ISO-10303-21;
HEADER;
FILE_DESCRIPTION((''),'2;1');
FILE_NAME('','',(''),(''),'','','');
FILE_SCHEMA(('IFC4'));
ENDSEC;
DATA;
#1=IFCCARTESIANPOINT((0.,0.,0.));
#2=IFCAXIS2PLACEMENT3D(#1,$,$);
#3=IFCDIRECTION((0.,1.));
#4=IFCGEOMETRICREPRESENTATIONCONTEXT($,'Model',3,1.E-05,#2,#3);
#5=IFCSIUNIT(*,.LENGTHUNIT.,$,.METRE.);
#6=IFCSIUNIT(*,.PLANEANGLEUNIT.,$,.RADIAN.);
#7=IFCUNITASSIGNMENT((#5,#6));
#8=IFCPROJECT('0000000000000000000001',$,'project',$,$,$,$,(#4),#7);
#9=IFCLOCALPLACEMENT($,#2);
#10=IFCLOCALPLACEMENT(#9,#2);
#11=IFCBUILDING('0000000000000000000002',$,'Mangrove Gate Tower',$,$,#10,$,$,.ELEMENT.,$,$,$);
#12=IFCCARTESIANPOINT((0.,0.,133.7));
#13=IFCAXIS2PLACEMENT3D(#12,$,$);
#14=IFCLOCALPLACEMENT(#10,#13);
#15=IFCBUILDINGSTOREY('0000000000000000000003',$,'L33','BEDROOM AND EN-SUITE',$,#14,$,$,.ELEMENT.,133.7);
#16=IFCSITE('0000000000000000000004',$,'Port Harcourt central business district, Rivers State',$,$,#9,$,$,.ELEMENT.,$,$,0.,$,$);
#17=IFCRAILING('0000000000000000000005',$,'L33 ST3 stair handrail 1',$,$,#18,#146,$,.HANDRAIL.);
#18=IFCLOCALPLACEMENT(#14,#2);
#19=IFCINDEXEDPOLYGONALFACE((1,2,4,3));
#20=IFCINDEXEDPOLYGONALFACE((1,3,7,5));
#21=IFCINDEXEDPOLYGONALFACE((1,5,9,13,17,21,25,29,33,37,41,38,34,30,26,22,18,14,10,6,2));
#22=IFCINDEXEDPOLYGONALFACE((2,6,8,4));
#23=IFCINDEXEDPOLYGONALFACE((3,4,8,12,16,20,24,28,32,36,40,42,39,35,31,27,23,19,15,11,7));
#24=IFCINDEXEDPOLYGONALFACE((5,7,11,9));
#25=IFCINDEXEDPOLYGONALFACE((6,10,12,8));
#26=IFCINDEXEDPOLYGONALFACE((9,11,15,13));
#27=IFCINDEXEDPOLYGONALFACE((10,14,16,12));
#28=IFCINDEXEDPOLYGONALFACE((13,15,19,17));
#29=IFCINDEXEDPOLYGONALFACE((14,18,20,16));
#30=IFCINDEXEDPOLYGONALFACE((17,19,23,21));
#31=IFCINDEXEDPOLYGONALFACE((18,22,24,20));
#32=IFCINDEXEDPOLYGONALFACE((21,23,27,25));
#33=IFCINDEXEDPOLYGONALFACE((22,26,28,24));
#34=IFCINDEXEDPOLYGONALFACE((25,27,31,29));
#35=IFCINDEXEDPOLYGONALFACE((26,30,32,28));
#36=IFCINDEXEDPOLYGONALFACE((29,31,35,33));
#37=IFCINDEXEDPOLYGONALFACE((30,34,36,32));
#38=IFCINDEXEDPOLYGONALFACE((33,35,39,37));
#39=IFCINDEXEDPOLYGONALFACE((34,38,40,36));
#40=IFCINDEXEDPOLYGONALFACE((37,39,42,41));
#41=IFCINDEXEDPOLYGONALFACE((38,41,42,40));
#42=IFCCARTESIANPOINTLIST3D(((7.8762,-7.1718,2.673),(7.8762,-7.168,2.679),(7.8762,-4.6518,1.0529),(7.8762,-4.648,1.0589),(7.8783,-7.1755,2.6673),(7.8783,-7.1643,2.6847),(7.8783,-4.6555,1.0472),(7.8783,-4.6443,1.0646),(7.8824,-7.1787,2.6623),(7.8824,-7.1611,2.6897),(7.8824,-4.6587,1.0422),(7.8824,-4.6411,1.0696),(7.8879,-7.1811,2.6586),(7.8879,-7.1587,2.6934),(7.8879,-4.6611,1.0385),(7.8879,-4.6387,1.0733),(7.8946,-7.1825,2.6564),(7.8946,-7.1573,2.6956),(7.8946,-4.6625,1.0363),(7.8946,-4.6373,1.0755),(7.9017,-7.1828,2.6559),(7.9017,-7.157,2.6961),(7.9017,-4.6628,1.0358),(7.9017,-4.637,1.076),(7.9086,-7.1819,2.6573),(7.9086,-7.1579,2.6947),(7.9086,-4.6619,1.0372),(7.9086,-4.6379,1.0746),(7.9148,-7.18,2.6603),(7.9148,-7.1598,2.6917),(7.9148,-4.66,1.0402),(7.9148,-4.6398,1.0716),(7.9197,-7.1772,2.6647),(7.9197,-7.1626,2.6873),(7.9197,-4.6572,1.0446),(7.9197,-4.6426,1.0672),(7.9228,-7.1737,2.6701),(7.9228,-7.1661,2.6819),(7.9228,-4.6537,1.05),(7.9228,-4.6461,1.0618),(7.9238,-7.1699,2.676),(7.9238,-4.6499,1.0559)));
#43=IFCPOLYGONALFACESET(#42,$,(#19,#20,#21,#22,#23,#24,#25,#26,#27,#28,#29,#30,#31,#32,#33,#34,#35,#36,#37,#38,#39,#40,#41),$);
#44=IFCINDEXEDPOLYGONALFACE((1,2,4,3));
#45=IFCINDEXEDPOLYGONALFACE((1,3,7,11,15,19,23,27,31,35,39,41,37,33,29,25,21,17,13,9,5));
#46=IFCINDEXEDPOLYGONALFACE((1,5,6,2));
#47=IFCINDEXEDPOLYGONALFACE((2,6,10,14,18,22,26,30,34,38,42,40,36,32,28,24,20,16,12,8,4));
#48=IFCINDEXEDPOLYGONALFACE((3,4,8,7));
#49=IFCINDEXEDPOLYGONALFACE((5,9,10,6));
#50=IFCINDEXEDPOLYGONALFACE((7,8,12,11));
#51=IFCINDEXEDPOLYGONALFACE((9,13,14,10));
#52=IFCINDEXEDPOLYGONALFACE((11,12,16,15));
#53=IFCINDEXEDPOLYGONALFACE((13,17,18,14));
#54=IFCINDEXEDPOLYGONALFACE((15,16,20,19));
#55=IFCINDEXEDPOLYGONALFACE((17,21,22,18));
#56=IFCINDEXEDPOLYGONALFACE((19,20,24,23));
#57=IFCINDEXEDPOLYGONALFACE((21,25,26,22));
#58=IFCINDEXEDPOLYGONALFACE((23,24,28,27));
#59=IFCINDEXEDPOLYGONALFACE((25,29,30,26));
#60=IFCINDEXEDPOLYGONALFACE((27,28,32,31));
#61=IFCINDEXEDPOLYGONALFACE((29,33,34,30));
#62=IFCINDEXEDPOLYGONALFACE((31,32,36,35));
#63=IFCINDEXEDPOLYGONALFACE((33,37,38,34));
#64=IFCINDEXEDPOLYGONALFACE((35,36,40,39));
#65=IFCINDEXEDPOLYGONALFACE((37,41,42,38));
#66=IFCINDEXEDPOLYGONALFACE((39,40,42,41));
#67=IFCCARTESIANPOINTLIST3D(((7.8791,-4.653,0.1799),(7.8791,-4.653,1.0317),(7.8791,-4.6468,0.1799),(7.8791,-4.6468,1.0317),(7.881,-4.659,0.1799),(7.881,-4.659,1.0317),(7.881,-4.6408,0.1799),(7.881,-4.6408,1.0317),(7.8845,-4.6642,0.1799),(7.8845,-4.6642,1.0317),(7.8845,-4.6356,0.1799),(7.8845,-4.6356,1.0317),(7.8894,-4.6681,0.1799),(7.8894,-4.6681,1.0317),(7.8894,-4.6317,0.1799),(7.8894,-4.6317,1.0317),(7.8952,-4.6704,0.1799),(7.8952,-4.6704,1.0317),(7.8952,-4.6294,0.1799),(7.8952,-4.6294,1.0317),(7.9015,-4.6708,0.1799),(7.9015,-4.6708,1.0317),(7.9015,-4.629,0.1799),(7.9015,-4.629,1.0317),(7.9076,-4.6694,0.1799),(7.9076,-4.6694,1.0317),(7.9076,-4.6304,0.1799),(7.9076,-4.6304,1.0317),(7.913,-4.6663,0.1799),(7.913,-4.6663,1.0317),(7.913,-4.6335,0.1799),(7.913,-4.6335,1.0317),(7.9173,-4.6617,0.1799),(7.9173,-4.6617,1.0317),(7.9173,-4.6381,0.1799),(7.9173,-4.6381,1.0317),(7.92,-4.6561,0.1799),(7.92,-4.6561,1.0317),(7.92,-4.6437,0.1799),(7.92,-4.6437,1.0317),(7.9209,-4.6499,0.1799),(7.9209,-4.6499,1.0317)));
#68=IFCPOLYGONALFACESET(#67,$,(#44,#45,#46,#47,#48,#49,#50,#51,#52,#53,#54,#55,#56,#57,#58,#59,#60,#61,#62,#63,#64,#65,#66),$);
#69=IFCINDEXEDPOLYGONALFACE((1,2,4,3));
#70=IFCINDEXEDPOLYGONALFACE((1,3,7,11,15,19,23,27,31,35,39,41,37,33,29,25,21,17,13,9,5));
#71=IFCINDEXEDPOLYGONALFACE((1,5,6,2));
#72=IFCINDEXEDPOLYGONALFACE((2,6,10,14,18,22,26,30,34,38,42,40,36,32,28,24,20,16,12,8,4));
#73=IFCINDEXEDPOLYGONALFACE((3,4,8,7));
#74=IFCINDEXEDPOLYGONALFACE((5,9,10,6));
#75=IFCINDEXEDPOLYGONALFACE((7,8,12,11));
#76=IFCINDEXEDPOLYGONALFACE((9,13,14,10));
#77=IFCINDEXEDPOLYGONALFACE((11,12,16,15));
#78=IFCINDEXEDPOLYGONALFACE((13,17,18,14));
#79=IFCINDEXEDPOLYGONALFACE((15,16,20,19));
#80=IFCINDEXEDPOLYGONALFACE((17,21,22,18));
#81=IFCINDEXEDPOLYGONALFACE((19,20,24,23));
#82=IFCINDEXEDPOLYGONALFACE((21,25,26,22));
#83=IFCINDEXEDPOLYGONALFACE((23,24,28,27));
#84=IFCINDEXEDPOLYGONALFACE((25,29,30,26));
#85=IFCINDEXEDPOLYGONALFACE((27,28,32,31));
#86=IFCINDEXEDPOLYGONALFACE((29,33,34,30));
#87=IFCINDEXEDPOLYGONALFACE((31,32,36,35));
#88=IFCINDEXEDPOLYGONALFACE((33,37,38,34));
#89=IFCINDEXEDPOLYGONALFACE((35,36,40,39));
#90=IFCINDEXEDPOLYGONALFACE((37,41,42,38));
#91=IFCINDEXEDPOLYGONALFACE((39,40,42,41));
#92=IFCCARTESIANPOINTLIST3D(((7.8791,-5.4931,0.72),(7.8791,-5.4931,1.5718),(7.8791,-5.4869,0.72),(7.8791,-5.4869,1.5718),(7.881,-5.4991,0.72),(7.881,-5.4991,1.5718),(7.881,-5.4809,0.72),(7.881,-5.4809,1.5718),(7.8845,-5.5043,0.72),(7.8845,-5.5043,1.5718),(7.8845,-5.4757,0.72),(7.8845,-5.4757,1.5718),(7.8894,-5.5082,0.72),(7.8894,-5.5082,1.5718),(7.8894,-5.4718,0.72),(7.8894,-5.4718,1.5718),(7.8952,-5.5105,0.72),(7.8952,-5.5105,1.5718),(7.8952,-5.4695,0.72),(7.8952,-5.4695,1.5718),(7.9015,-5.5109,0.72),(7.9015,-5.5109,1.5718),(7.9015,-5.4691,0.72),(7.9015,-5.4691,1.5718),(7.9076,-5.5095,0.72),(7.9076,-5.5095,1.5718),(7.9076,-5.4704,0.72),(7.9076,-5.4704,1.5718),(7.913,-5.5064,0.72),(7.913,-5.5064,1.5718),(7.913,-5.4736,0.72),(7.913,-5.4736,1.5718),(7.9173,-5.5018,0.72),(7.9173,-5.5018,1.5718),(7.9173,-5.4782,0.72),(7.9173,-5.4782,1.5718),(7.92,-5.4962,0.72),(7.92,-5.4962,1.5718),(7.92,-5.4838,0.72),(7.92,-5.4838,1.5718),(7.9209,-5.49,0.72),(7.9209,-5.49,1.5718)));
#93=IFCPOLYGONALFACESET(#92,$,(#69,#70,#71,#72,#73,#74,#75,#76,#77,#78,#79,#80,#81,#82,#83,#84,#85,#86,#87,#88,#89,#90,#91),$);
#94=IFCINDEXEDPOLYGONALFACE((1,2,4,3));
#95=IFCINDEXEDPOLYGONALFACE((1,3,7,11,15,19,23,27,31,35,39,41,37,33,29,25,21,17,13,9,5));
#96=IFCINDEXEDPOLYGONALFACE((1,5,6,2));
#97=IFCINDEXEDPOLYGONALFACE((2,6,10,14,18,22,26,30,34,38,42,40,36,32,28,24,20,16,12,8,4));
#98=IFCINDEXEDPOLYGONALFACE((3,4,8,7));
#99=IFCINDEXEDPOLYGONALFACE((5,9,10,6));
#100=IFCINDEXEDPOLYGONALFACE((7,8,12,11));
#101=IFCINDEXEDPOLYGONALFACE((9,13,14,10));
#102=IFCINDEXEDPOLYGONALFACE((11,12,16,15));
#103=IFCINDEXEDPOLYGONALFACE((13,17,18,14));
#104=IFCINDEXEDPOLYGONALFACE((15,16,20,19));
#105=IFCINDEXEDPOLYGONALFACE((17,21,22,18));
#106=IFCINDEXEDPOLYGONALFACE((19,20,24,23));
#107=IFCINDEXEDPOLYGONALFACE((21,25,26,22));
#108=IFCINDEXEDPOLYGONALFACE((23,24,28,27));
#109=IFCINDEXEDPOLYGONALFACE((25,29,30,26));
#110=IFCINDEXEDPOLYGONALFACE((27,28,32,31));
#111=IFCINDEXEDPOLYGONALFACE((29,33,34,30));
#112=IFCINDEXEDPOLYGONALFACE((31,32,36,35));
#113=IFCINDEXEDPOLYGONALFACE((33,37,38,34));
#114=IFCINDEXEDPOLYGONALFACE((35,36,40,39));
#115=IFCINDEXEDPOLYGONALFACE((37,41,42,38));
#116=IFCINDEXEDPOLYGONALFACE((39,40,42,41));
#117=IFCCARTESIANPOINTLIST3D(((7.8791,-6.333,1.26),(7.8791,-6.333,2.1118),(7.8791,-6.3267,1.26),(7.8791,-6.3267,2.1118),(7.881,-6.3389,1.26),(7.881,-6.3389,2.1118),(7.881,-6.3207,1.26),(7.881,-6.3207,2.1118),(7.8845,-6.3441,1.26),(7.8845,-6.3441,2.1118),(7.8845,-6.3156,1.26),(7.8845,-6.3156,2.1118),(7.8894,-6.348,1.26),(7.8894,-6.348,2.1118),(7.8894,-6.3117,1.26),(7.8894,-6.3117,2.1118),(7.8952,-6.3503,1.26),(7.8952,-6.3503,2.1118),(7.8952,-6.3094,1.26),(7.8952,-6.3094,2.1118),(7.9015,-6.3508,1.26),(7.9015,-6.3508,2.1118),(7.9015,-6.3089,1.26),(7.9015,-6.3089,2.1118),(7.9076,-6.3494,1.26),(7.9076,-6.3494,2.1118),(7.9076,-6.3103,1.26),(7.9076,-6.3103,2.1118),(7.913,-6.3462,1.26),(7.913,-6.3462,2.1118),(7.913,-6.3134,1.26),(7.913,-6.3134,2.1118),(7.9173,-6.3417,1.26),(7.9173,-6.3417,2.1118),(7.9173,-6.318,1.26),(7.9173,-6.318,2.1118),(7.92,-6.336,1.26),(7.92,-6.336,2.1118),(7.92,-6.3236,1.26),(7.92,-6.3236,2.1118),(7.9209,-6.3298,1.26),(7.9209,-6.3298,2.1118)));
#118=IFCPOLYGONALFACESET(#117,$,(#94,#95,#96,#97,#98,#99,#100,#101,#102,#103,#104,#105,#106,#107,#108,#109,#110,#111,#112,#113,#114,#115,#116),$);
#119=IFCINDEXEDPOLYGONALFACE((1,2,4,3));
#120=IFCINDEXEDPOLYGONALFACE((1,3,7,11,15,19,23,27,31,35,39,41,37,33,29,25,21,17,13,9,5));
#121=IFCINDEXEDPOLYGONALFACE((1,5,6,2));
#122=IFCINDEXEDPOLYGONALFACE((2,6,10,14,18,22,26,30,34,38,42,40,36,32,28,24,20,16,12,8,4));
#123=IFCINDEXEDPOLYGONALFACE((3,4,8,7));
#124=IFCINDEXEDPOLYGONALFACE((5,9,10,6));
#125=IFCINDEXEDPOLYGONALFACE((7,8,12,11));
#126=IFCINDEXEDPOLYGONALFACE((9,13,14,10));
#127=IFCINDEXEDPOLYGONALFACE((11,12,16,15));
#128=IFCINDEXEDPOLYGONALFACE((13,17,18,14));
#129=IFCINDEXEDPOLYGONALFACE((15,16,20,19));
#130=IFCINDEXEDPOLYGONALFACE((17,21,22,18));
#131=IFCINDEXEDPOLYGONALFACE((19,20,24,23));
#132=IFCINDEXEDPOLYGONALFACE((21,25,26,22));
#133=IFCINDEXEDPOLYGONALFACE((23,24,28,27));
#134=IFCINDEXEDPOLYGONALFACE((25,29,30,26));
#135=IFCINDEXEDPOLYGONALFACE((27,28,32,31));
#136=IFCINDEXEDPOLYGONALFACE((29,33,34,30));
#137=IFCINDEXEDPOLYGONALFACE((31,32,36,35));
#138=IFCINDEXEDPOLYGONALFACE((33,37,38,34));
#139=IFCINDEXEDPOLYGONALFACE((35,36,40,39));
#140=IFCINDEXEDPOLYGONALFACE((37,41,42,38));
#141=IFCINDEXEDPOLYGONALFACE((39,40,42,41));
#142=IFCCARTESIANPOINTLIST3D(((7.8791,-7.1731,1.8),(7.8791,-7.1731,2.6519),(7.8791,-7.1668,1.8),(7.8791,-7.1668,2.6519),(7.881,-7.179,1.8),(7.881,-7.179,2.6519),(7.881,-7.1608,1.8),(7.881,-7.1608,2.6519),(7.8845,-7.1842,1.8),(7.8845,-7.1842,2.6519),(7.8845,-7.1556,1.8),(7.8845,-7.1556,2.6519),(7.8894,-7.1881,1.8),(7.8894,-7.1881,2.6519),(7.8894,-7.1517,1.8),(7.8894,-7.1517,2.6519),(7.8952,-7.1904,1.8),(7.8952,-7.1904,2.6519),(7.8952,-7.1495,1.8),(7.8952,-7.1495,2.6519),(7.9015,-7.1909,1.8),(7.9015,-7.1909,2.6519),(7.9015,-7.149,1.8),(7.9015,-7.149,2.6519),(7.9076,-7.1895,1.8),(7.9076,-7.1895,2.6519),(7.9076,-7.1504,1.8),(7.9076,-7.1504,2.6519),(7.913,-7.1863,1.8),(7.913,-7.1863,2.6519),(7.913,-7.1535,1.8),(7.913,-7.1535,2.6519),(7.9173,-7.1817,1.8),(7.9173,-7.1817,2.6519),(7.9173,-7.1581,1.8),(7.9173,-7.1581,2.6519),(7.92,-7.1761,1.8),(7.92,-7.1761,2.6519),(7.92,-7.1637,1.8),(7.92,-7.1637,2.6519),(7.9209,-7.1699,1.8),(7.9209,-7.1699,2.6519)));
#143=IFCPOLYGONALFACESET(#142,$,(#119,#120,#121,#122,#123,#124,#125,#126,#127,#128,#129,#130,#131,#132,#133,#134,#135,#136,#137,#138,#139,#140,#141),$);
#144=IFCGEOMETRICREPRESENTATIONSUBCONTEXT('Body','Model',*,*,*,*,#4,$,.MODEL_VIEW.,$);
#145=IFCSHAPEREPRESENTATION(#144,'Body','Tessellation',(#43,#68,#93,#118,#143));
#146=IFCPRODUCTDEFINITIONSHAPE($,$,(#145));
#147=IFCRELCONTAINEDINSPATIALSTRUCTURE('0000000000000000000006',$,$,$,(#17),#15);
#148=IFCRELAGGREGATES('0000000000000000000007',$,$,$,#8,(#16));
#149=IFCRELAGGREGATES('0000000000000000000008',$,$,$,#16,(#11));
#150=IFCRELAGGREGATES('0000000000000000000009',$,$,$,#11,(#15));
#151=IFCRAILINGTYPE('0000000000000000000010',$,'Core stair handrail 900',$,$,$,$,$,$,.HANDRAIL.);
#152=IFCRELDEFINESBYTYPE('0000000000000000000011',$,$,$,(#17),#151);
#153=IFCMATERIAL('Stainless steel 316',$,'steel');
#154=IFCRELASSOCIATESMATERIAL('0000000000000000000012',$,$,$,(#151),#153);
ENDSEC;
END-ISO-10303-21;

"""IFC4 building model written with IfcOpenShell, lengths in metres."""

from ifc_helpers import new_model, si_unit, direction, frame, origin, origin_2d, place, context, subcontext, project, spatial, circle, extrude, material, type_object, element, save


model = new_model("IFC4")

# Units and contexts
model_context = context("Model", 3, precision=1e-05, world=origin(), true_north=direction((0.0, 1.0)))
body_context = subcontext(model_context, "Body", "Model", "MODEL_VIEW")
ifc_project = project(units=[si_unit("LENGTHUNIT", "METRE"), si_unit("PLANEANGLEUNIT", "RADIAN")], contexts=[model_context])

# Site, building, storey
site_placement = place(None, origin())
site = spatial("IfcSite", under=ifc_project, at=site_placement, Name="Port Harcourt central business district, Rivers State", CompositionType="ELEMENT", RefElevation=0.0)
building_placement = place(site_placement, origin())
building = spatial("IfcBuilding", under=site, at=building_placement, Name="Mangrove Gate Tower", CompositionType="ELEMENT")
storey_placement = place(building_placement, frame((0.0, 0.0, 133.7)))
storey = spatial("IfcBuildingStorey", under=building, at=storey_placement, Name="L33", Description="BEDROOM AND EN-SUITE", CompositionType="ELEMENT", Elevation=133.7)

# Railing
ifc_material_1 = material(Name="Stainless steel 316", Category="steel")
railing_type_1 = type_object("IfcRailingType", Name="Core stair handrail 900", PredefinedType="HANDRAIL", material=ifc_material_1)
railing_1_placement = place(storey_placement, frame((7.8999, -4.6499, 0.1799)))
element("IfcRailing", 1, at=railing_1_placement, inside=storey, type_object=railing_type_1, Name="L33 ST3 stair handrail 1", PredefinedType="HANDRAIL", context=body_context, shape_type="SweptSolid", body=[
    extrude(circle(Radius=0.0239, at=origin_2d()), frame((0.0, 0.0, 0.876), z_axis=(0.0, -0.841163, 0.540782), x_axis=(1.0, 0.0, 0.0)), (0.0, 0.0, 1.0), 2.9958),
    extrude(circle(Radius=0.021, at=origin_2d()), origin(), (0.0, 0.0, 1.0), 0.8518),
    extrude(circle(Radius=0.021, at=origin_2d()), frame((0.0, -0.8401, 0.54)), (0.0, 0.0, 1.0), 0.8518),
    extrude(circle(Radius=0.021, at=origin_2d()), frame((0.0, -1.6799, 1.0801)), (0.0, 0.0, 1.0), 0.8518),
    extrude(circle(Radius=0.021, at=origin_2d()), frame((0.0, -2.52, 1.6201)), (0.0, 0.0, 1.0), 0.8518),
])

save(model, "model.ifc")
